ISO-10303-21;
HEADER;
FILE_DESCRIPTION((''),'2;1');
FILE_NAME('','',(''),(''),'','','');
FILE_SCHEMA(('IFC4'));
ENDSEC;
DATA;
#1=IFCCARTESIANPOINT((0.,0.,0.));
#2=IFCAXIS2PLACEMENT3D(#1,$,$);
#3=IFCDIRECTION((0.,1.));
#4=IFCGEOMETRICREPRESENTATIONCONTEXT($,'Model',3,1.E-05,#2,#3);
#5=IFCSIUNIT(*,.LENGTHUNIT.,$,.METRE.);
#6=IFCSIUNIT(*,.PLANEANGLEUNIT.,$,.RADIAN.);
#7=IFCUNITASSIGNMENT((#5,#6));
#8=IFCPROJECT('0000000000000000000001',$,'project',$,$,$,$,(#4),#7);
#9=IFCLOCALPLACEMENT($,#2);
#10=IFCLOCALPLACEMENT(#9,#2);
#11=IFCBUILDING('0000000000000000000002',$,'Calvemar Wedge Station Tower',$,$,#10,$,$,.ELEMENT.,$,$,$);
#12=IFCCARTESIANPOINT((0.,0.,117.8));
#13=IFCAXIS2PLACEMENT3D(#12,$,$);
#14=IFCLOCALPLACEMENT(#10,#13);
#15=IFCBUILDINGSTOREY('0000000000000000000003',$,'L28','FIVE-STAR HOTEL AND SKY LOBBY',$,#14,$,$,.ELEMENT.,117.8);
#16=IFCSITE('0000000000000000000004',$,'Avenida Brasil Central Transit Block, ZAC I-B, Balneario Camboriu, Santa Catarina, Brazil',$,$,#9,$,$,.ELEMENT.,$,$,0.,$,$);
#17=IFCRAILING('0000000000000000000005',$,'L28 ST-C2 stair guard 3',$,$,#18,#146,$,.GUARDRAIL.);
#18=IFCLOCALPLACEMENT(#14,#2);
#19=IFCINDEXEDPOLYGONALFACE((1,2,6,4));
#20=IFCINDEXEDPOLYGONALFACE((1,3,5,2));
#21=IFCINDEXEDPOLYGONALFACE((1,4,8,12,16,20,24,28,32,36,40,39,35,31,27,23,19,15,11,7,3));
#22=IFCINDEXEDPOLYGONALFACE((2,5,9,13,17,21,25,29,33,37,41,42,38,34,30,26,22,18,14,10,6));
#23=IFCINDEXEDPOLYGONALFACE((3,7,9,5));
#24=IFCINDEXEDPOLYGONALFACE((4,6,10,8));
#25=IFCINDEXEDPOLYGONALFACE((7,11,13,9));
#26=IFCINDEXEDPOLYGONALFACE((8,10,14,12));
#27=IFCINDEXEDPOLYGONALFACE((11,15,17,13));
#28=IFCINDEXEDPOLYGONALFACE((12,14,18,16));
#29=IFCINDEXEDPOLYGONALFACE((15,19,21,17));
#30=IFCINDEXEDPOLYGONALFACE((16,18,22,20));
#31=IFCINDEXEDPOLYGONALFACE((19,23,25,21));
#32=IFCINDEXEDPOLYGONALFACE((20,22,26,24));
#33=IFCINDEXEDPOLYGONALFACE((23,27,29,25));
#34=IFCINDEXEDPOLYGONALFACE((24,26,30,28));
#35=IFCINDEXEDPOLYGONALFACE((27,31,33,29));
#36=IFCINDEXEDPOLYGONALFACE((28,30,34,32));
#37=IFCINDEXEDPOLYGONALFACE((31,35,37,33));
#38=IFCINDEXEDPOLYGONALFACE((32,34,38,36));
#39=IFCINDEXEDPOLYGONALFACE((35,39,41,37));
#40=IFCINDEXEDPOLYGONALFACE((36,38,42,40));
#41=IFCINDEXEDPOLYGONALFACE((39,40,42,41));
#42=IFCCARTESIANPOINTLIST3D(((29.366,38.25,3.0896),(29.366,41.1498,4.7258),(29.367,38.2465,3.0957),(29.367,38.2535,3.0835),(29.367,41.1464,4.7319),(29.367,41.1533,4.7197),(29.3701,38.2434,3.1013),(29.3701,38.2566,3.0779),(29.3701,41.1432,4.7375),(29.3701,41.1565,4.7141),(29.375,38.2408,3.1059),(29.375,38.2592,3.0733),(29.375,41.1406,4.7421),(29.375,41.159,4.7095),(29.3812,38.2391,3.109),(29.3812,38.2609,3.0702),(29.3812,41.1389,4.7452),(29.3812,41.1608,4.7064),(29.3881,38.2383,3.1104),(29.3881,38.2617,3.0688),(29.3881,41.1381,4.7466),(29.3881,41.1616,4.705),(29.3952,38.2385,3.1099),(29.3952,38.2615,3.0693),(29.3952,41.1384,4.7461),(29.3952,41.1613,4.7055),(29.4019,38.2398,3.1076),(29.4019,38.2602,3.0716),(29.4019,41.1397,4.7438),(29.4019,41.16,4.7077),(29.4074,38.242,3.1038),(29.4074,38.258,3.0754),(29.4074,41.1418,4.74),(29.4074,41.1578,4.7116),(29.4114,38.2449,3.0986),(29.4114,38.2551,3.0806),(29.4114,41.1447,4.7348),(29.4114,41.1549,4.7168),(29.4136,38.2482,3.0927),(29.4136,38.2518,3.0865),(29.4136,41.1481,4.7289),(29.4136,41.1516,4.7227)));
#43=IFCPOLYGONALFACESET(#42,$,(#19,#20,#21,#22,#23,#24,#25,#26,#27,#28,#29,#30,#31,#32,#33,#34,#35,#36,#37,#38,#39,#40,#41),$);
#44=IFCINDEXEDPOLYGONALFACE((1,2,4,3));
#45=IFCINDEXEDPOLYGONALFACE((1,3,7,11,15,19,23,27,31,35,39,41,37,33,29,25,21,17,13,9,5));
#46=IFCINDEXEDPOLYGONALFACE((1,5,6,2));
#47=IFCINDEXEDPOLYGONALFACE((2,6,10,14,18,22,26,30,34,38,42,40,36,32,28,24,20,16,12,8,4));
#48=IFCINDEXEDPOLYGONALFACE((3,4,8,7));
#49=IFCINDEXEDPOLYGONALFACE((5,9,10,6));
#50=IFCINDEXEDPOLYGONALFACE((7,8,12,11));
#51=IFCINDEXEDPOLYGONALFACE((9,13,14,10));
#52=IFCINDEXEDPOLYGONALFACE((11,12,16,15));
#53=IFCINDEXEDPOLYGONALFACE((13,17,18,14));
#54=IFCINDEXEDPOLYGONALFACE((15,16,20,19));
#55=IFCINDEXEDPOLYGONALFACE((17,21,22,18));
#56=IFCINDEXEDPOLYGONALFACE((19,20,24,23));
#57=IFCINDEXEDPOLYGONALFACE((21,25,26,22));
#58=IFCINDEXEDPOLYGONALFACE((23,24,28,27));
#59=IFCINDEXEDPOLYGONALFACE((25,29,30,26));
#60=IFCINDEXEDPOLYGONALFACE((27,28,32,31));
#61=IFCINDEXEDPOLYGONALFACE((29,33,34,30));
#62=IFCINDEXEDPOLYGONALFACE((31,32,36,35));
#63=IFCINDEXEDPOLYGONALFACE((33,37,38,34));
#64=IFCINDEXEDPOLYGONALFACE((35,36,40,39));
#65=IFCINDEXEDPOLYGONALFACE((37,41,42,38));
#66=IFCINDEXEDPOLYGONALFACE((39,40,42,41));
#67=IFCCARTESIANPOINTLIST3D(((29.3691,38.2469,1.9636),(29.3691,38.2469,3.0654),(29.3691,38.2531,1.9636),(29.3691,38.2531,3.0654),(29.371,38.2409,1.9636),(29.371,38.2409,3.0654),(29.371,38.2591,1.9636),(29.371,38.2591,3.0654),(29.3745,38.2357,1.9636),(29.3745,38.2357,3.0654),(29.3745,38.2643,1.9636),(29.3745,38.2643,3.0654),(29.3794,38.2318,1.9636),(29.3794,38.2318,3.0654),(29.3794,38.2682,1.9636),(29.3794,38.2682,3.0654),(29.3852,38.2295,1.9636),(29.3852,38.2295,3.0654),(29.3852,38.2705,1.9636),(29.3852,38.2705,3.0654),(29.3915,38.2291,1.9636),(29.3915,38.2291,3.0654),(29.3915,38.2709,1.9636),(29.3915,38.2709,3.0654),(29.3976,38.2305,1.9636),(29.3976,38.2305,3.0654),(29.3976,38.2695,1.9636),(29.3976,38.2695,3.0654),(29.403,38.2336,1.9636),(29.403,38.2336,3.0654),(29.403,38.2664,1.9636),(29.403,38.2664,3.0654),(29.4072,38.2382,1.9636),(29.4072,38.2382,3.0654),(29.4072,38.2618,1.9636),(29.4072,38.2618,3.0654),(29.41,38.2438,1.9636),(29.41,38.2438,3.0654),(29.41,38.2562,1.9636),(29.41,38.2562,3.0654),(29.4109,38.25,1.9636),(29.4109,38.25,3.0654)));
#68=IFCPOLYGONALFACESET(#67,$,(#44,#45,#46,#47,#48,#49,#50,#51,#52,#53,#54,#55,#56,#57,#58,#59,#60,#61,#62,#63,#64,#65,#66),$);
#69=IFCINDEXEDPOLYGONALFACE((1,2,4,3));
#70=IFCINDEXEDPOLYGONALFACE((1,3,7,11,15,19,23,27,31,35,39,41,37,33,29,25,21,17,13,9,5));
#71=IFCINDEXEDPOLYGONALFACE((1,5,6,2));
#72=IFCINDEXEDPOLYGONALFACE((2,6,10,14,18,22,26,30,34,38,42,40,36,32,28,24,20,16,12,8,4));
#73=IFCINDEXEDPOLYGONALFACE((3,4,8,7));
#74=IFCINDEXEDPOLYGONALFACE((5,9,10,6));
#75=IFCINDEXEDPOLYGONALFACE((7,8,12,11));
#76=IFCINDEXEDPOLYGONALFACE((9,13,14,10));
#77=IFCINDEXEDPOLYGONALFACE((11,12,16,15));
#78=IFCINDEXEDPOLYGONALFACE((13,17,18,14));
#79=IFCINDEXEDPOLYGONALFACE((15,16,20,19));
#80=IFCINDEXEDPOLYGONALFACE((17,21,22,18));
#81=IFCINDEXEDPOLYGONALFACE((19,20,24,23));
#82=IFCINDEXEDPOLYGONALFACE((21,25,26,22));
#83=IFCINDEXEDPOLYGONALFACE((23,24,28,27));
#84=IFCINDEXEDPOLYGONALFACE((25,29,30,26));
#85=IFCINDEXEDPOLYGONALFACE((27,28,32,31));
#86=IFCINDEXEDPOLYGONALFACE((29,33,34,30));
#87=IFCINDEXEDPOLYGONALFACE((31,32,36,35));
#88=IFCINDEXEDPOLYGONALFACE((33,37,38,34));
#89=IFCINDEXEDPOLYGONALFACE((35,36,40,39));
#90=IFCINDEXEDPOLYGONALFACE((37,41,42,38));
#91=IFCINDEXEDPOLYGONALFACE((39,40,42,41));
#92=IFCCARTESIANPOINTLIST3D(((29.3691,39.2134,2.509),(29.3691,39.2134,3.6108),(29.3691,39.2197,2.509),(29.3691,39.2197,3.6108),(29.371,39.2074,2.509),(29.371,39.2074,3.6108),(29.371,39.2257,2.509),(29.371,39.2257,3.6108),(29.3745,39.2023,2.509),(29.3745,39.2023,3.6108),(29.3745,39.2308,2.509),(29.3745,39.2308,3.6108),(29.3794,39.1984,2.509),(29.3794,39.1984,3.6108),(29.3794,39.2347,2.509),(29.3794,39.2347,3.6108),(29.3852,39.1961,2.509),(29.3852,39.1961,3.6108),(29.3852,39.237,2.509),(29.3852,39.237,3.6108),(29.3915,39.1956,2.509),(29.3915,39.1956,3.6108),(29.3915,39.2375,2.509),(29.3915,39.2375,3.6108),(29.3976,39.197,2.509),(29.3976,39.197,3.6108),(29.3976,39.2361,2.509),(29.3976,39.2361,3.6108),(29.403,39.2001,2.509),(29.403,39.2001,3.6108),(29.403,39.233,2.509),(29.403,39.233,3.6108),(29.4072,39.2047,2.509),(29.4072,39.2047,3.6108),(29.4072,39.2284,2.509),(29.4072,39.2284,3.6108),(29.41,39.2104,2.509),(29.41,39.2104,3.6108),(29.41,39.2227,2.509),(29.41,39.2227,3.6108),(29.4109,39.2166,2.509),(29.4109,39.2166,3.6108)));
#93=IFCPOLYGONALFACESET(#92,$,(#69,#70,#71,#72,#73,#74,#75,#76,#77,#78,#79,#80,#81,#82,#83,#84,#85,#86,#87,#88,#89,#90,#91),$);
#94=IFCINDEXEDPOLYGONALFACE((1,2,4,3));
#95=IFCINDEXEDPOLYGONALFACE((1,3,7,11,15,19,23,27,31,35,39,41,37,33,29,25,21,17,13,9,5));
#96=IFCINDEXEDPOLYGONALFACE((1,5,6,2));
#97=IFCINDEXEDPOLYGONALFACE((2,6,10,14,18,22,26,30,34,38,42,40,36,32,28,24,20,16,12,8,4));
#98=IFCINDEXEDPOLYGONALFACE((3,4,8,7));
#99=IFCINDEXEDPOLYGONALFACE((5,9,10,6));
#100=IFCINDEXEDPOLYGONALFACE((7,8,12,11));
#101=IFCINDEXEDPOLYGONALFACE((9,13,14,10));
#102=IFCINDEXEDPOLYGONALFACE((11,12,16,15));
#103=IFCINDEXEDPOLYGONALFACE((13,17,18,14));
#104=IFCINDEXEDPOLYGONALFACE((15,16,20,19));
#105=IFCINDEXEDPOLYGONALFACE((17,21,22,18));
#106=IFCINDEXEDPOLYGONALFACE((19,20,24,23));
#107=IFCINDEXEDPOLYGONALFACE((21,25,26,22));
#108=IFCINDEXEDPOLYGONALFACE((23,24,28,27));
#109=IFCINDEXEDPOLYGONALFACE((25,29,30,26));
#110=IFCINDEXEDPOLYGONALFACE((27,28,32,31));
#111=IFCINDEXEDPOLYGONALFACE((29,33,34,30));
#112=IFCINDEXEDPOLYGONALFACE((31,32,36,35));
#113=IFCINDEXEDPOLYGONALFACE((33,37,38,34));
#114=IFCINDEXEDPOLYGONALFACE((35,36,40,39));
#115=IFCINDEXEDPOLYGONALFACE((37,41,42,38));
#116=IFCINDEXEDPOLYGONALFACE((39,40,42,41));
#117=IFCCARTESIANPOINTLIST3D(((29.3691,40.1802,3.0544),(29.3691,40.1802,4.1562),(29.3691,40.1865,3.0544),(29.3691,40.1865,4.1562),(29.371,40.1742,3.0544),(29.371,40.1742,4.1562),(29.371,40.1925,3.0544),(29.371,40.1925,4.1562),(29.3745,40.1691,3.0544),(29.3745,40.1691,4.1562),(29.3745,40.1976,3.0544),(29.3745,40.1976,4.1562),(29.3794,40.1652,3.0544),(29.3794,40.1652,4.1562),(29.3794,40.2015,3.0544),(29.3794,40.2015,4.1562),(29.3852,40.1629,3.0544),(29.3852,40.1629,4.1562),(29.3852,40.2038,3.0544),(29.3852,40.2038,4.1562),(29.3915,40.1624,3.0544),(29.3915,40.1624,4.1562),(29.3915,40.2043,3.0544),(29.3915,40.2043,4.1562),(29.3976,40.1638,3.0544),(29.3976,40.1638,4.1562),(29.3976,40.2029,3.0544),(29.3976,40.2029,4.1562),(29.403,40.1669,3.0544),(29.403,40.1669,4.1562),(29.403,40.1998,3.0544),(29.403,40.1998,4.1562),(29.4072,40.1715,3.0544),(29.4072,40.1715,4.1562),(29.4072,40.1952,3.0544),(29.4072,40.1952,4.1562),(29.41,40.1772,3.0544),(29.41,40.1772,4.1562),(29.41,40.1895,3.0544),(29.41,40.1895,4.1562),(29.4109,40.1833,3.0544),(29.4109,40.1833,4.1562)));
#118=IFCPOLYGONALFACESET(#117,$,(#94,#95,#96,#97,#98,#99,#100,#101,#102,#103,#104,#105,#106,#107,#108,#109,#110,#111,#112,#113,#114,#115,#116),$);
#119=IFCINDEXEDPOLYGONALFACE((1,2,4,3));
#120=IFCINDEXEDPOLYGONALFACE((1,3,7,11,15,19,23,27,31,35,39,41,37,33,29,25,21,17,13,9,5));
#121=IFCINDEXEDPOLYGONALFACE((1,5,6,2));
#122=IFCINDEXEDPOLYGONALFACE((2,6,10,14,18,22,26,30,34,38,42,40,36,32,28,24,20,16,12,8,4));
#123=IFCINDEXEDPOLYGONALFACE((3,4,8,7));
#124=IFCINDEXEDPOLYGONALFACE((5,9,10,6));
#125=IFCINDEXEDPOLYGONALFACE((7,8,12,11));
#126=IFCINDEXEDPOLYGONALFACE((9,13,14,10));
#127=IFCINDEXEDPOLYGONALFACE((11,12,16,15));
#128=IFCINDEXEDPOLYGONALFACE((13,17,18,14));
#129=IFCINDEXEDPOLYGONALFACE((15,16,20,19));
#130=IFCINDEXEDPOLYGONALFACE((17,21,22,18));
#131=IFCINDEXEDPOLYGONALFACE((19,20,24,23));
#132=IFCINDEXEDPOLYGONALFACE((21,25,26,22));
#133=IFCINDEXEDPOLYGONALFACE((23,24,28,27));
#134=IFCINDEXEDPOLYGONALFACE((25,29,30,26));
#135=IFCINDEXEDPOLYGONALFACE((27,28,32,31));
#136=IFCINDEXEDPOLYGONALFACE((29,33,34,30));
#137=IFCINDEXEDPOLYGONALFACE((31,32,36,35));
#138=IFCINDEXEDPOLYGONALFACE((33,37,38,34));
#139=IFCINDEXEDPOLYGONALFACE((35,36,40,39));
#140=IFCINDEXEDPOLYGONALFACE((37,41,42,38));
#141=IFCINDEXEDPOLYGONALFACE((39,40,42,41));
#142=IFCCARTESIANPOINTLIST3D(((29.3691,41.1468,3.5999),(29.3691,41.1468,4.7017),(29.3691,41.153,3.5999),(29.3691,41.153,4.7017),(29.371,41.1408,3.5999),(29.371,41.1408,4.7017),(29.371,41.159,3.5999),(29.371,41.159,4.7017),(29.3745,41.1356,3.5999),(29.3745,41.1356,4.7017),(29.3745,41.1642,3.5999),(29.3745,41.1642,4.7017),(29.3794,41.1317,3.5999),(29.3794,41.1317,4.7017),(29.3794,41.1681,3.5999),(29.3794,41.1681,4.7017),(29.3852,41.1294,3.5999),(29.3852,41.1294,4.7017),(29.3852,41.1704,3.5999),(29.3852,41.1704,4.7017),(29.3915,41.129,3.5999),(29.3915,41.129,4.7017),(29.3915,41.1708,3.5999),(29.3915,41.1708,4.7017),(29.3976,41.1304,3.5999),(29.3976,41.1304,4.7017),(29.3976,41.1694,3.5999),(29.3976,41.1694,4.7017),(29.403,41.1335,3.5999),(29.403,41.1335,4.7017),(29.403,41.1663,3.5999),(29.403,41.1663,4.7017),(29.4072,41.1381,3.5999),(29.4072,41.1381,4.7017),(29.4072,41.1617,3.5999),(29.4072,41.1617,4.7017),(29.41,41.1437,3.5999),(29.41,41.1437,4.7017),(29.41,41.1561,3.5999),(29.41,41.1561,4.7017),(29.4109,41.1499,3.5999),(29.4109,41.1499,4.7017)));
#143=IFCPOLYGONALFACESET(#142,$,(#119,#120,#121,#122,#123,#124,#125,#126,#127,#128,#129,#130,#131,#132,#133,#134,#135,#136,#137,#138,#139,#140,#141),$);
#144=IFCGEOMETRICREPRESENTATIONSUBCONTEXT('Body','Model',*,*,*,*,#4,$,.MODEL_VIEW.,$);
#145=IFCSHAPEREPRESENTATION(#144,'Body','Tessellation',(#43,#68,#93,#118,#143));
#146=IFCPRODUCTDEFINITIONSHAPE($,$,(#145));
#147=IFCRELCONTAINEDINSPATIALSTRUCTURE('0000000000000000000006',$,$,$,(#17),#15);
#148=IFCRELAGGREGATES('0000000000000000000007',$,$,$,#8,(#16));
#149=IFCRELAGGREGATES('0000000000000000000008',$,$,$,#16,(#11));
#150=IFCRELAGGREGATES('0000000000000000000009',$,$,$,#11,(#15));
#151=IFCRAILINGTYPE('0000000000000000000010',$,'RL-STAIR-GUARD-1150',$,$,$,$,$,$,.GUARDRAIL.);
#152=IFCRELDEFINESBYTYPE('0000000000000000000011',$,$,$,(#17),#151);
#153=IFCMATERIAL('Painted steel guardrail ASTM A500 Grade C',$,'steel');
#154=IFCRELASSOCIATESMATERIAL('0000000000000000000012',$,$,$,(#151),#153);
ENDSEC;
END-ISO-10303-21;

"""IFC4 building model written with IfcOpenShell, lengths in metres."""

from ifc_helpers import new_model, si_unit, direction, frame, origin, origin_2d, place, context, subcontext, project, spatial, circle, extrude, material, type_object, element, save


model = new_model("IFC4")

# Units and contexts
model_context = context("Model", 3, precision=1e-05, world=origin(), true_north=direction((0.0, 1.0)))
body_context = subcontext(model_context, "Body", "Model", "MODEL_VIEW")
ifc_project = project(units=[si_unit("LENGTHUNIT", "METRE"), si_unit("PLANEANGLEUNIT", "RADIAN")], contexts=[model_context])

# Site, building, storey
site_placement = place(None, origin())
site = spatial("IfcSite", under=ifc_project, at=site_placement, Name="Avenida Brasil Central Transit Block, ZAC I-B, Balneario Camboriu, Santa Catarina, Brazil", CompositionType="ELEMENT", RefElevation=0.0)
building_placement = place(site_placement, origin())
building = spatial("IfcBuilding", under=site, at=building_placement, Name="Calvemar Wedge Station Tower", CompositionType="ELEMENT")
storey_placement = place(building_placement, frame((0.0, 0.0, 117.8)))
storey = spatial("IfcBuildingStorey", under=building, at=storey_placement, Name="L28", Description="FIVE-STAR HOTEL AND SKY LOBBY", CompositionType="ELEMENT", Elevation=117.8)

# Railing
ifc_material_1 = material(Name="Painted steel guardrail ASTM A500 Grade C", Category="steel")
railing_type_1 = type_object("IfcRailingType", Name="RL-STAIR-GUARD-1150", PredefinedType="GUARDRAIL", material=ifc_material_1)
railing_1_placement = place(storey_placement, frame((29.3899, 38.25, 1.9636)))
element("IfcRailing", 1, at=railing_1_placement, inside=storey, type_object=railing_type_1, Name="L28 ST-C2 stair guard 3", PredefinedType="GUARDRAIL", context=body_context, shape_type="SweptSolid", body=[
    extrude(circle(Radius=0.0239, at=origin_2d()), frame((0.0, 0.0, 1.126), z_axis=(0.0, 0.870929, 0.49141), x_axis=(-1.0, 0.0, 0.0)), (0.0, 0.0, 1.0), 3.3296),
    extrude(circle(Radius=0.021, at=origin_2d()), origin(), (0.0, 0.0, 1.0), 1.1018),
    extrude(circle(Radius=0.021, at=origin_2d()), frame((0.0, 0.9666, 0.5454)), (0.0, 0.0, 1.0), 1.1018),
    extrude(circle(Radius=0.021, at=origin_2d()), frame((0.0, 1.9333, 1.0908)), (0.0, 0.0, 1.0), 1.1018),
    extrude(circle(Radius=0.021, at=origin_2d()), frame((0.0, 2.8999, 1.6362)), (0.0, 0.0, 1.0), 1.1018),
])

save(model, "model.ifc")
